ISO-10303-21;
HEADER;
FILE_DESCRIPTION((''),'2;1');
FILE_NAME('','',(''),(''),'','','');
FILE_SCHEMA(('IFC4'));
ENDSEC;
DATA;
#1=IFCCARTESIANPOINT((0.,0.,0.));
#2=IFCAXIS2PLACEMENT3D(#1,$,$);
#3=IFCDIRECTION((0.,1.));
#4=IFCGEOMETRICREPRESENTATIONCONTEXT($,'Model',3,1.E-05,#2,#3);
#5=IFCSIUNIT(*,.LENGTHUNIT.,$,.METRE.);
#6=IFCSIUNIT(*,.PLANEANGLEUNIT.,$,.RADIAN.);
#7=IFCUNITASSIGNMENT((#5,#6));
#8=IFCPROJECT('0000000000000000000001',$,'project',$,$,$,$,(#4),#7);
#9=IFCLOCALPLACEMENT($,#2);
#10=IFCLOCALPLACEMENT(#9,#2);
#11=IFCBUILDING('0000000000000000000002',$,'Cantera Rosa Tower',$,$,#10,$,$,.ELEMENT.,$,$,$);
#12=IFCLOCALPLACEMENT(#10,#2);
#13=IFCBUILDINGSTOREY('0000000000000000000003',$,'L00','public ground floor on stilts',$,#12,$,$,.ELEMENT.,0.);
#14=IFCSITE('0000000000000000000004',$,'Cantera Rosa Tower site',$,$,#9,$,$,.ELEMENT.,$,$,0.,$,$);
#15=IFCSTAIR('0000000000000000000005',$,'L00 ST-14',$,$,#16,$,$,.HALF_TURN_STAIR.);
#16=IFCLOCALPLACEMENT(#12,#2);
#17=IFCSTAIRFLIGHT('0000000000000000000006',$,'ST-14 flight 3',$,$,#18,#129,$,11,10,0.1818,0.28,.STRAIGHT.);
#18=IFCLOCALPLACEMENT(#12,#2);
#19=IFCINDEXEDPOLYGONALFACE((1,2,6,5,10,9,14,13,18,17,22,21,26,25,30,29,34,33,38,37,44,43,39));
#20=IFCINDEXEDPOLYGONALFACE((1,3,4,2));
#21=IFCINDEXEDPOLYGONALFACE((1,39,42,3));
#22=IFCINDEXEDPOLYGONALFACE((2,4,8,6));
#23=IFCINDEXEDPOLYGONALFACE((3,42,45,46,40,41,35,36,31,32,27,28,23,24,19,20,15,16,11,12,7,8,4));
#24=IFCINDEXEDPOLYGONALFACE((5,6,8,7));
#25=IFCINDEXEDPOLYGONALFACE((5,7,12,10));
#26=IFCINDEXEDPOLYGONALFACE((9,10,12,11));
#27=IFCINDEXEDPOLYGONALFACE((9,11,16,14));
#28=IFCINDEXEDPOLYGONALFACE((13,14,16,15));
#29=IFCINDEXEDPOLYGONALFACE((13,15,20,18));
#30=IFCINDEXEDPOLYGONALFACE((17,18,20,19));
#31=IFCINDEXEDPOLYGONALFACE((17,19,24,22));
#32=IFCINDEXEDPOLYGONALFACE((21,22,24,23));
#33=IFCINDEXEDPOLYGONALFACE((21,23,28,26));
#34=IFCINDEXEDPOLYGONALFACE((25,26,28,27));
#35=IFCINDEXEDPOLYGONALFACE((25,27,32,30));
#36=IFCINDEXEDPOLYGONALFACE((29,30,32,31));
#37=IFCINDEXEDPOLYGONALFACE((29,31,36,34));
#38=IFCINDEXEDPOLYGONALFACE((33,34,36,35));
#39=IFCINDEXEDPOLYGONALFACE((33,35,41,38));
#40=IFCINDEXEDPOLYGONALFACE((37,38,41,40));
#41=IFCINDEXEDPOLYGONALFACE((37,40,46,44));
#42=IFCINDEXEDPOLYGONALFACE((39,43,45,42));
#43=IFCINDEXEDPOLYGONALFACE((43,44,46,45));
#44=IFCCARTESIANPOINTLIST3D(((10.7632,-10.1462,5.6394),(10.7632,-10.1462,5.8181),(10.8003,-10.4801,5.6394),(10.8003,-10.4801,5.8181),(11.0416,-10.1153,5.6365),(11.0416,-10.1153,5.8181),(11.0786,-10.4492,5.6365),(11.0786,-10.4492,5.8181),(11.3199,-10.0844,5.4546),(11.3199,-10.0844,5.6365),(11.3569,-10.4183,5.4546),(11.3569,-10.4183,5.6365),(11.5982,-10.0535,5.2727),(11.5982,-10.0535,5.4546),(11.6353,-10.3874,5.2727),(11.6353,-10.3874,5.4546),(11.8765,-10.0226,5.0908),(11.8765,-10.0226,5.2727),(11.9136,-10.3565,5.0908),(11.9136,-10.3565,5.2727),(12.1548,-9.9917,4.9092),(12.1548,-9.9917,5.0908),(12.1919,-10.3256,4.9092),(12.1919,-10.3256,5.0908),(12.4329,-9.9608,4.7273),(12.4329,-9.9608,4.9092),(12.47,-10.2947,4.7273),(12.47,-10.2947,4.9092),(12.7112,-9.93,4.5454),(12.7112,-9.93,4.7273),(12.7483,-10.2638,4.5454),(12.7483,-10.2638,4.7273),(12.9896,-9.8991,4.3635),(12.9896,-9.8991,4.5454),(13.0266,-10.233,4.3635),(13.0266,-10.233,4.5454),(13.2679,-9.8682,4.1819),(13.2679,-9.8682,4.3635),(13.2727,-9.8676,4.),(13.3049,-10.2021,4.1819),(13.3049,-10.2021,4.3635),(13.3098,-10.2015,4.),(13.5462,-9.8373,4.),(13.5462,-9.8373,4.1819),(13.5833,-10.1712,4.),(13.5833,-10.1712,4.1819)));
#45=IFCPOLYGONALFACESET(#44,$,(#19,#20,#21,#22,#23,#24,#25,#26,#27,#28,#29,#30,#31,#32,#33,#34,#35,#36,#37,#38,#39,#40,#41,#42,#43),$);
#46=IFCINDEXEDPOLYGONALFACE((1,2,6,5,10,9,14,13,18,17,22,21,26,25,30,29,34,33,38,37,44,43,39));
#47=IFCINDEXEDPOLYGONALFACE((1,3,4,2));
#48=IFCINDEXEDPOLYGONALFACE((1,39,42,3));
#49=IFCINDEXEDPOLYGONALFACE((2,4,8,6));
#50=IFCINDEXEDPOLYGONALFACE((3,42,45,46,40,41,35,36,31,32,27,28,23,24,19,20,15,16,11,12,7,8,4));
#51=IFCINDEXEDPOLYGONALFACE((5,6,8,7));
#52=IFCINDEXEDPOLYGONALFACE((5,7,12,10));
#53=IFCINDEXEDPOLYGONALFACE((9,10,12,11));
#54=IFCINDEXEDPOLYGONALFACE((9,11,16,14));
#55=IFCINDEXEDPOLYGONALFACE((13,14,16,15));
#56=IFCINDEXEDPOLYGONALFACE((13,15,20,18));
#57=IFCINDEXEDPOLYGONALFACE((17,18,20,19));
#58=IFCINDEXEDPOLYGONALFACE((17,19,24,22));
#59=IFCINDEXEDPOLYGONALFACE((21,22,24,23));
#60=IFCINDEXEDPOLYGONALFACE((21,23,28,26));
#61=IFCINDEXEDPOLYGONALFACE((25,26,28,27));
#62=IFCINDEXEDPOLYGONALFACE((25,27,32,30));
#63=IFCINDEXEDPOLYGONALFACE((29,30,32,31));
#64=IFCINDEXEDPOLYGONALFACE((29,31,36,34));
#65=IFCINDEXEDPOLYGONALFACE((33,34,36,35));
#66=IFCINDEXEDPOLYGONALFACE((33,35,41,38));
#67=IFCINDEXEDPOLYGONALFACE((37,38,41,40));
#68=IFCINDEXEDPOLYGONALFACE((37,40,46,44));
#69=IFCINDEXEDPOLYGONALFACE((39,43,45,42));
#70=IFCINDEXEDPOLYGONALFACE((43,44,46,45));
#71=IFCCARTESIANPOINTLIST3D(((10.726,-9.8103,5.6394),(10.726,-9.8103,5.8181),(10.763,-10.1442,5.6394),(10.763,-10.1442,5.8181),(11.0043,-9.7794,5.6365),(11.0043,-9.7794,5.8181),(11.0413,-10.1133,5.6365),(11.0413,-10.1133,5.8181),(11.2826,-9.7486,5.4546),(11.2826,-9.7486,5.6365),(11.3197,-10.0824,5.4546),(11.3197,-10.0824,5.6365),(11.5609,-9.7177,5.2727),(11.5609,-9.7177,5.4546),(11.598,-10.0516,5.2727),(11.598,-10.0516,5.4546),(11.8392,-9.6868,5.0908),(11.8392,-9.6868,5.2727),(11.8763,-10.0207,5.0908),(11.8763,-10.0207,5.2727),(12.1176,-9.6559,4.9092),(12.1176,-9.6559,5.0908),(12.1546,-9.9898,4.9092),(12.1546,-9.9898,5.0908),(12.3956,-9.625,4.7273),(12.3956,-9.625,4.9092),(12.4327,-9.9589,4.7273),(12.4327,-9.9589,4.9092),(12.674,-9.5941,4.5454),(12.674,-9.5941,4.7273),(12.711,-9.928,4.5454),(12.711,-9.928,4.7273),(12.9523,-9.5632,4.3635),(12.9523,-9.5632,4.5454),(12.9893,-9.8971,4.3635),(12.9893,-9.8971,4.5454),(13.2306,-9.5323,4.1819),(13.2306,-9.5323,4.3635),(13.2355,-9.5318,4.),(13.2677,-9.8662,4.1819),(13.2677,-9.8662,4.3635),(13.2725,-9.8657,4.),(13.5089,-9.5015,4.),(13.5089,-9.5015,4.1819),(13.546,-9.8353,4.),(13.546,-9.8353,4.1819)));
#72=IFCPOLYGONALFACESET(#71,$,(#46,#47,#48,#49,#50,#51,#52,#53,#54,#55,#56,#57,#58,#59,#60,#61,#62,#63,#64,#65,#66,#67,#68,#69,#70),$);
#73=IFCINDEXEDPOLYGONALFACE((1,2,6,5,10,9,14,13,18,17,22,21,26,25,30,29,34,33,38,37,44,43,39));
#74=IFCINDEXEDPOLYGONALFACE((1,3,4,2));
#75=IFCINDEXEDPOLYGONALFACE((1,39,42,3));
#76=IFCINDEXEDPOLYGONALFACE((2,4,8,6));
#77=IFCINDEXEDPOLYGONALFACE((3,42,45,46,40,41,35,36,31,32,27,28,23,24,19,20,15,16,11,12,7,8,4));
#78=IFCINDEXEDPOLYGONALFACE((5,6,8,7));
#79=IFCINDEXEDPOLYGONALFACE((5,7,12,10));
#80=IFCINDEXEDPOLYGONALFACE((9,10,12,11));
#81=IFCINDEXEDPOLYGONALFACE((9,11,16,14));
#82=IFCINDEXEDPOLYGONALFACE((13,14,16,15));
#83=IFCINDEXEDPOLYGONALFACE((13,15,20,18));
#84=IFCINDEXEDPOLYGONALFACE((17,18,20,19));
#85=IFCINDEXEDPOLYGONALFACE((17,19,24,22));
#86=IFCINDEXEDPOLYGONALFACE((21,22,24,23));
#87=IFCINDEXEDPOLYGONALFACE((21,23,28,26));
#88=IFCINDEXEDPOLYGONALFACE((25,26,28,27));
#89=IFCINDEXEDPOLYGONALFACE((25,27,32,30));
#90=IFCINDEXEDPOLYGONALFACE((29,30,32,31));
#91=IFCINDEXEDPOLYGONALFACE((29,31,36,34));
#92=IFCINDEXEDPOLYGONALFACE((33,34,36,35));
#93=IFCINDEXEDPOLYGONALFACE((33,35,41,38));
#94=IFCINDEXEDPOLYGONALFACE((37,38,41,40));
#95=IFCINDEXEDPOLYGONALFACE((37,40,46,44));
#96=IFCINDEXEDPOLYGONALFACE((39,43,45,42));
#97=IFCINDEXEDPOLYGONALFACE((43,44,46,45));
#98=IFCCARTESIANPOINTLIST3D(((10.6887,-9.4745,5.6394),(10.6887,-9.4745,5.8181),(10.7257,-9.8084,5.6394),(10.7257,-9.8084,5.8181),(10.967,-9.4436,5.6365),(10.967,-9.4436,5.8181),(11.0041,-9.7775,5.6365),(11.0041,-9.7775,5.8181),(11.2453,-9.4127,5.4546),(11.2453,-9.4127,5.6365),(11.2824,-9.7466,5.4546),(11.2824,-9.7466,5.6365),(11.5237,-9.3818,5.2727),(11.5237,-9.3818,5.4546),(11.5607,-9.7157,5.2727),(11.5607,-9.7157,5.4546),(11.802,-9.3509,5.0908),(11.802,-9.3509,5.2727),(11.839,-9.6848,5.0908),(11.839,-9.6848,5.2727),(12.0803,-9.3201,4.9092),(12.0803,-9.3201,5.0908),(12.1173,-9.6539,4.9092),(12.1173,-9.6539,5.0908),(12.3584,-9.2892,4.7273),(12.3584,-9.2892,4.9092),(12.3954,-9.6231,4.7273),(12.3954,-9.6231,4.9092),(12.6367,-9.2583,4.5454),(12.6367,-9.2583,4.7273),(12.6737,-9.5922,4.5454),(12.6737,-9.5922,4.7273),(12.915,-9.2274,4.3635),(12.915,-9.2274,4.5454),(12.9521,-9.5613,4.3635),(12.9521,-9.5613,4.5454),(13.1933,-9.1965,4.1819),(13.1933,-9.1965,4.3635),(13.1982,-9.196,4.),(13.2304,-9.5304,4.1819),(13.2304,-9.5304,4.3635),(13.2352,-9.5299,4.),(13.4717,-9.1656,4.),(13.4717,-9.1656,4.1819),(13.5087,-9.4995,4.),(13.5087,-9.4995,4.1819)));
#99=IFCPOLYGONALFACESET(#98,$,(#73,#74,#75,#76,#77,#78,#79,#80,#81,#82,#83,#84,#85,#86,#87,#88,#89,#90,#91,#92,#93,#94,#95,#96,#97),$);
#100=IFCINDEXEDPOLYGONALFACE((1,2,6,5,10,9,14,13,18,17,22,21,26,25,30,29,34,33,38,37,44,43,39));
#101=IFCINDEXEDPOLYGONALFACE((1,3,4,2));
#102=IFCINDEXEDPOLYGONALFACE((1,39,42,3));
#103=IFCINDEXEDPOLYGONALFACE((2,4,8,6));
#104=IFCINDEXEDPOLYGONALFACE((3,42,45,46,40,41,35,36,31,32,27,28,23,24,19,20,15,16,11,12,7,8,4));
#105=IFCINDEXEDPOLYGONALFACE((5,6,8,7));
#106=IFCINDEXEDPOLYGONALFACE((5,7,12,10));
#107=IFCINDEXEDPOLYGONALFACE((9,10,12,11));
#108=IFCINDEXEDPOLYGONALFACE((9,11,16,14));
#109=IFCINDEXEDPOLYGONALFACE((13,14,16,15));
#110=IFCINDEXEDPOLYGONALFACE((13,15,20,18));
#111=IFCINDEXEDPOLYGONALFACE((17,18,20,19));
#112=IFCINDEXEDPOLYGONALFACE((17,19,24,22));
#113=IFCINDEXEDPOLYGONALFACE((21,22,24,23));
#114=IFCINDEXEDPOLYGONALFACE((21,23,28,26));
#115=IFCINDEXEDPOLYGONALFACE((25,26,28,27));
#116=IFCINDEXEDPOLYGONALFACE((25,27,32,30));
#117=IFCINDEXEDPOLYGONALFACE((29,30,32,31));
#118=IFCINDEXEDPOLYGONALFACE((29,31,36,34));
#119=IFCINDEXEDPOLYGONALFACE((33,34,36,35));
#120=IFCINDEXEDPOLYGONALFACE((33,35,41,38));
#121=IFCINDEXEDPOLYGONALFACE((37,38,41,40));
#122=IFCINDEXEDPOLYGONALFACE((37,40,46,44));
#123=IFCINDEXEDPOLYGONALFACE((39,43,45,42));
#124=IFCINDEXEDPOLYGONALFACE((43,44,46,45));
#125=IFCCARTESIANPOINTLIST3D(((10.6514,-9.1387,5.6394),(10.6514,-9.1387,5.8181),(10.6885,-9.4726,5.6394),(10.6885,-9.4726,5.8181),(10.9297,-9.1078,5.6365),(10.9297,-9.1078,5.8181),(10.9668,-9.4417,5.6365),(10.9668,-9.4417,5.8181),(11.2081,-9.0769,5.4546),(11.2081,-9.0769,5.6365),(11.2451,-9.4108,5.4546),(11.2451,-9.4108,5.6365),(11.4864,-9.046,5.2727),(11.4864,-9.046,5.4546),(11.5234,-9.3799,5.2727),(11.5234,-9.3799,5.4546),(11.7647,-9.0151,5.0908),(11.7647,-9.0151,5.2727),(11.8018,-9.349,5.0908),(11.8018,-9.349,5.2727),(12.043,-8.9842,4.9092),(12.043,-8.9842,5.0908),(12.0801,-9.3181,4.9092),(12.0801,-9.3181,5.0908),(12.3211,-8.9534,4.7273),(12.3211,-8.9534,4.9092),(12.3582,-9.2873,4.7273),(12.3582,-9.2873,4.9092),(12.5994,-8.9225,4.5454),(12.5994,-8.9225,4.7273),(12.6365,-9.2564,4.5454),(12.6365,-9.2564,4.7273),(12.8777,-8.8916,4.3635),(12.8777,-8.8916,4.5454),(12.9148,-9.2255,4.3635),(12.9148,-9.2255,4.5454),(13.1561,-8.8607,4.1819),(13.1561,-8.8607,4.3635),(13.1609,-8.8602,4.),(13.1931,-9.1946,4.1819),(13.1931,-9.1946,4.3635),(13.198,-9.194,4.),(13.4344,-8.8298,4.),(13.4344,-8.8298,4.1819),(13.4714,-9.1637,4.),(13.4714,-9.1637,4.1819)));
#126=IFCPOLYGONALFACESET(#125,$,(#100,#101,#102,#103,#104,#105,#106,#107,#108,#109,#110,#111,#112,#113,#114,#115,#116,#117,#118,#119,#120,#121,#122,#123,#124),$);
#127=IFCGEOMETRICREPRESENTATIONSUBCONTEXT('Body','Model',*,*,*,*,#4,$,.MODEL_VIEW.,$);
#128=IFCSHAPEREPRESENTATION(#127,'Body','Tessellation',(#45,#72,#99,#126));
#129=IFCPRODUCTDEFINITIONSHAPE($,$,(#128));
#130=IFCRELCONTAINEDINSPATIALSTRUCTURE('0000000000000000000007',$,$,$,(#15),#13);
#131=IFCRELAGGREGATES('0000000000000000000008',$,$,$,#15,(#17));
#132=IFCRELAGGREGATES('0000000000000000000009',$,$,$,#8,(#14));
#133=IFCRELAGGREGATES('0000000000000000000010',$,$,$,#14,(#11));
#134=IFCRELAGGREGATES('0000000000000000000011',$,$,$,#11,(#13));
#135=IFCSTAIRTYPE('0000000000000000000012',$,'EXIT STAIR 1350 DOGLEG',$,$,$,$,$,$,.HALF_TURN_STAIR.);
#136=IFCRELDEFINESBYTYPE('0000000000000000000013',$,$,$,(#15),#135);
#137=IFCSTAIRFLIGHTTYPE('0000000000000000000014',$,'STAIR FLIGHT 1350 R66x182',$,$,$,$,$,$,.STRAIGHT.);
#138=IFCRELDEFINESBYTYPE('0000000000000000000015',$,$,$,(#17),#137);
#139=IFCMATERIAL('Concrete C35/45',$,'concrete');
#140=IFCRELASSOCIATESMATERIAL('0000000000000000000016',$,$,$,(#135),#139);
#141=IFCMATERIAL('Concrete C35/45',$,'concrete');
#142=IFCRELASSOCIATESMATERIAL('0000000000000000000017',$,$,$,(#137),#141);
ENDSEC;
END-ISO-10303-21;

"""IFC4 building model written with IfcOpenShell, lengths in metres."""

from ifc_helpers import new_model, si_unit, direction, frame, origin, place, context, subcontext, project, spatial, polyline, outline, extrude, material, type_object, element, aggregate, save


model = new_model("IFC4")

# Units and contexts
model_context = context("Model", 3, precision=1e-05, world=origin(), true_north=direction((0.0, 1.0)))
body_context = subcontext(model_context, "Body", "Model", "MODEL_VIEW")
ifc_project = project(units=[si_unit("LENGTHUNIT", "METRE"), si_unit("PLANEANGLEUNIT", "RADIAN")], contexts=[model_context])

# Site, building, storey
site_placement = place(None, origin())
site = spatial("IfcSite", under=ifc_project, at=site_placement, Name="Cantera Rosa Tower site", CompositionType="ELEMENT", RefElevation=0.0)
building_placement = place(site_placement, origin())
building = spatial("IfcBuilding", under=site, at=building_placement, Name="Cantera Rosa Tower", CompositionType="ELEMENT")
storey_placement = place(building_placement, origin())
storey = spatial("IfcBuildingStorey", under=building, at=storey_placement, Name="L00", Description="public ground floor on stilts", CompositionType="ELEMENT", Elevation=0.0)

# Stair, stair flight
ifc_material_1 = material(Name="Concrete C35/45", Category="concrete")
stair_type = type_object("IfcStairType", Name="EXIT STAIR 1350 DOGLEG", PredefinedType="HALF_TURN_STAIR", material=ifc_material_1)
stair_placement = place(storey_placement, origin())
stair = element("IfcStair", 1, at=stair_placement, inside=storey, type_object=stair_type, Name="L00 ST-14", PredefinedType="HALF_TURN_STAIR")
ifc_material_2 = material(Name="Concrete C35/45", Category="concrete")
stair_flight_type = type_object("IfcStairFlightType", Name="STAIR FLIGHT 1350 R66x182", PredefinedType="STRAIGHT", material=ifc_material_2)
stair_flight_1_placement = place(storey_placement, frame((13.5088, -9.5002, 4.0), z_axis=(0.0, 0.0, 1.0), x_axis=(-0.993897, -0.110313, 0.0)))
stair_flight_1 = element("IfcStairFlight", 2, at=stair_flight_1_placement, type_object=stair_flight_type, Name="ST-14 flight 3", NumberOfRisers=11, NumberOfTreads=10, PredefinedType="STRAIGHT", RiserHeight=0.1818, TreadLength=0.28, context=body_context, shape_type="SweptSolid", body=[
    extrude(outline(polyline([(0.0, 0.0), (0.0, 0.1819), (0.28, 0.1819), (0.28, 0.3635), (0.5601, 0.3635), (0.5601, 0.5454), (0.8401, 0.5454), (0.8401, 0.7273), (1.1201, 0.7273), (1.1201, 0.9092), (1.3999, 0.9092), (1.3999, 1.0908), (1.6799, 1.0908), (1.6799, 1.2727), (1.96, 1.2727), (1.96, 1.4546), (2.24, 1.4546), (2.24, 1.6365), (2.52, 1.6365), (2.52, 1.8181), (2.8, 1.8181), (2.8, 2.0), (2.8, 1.6394), (0.2751, 0.0), (0.0, 0.0)])), frame((0.0, 0.675, 0.0), z_axis=(0.0, -1.0, 0.0), x_axis=(1.0, 0.0, 0.0)), (0.0, 0.0, 1.0), 0.3359),
    extrude(outline(polyline([(0.0, 0.0), (0.0, 0.1819), (0.28, 0.1819), (0.28, 0.3635), (0.5601, 0.3635), (0.5601, 0.5454), (0.8401, 0.5454), (0.8401, 0.7273), (1.1201, 0.7273), (1.1201, 0.9092), (1.3999, 0.9092), (1.3999, 1.0908), (1.6799, 1.0908), (1.6799, 1.2727), (1.96, 1.2727), (1.96, 1.4546), (2.24, 1.4546), (2.24, 1.6365), (2.52, 1.6365), (2.52, 1.8181), (2.8, 1.8181), (2.8, 2.0), (2.8, 1.6394), (0.2751, 0.0), (0.0, 0.0)])), frame((0.0, 0.3372, 0.0), z_axis=(0.0, -1.0, 0.0), x_axis=(1.0, 0.0, 0.0)), (0.0, 0.0, 1.0), 0.3359),
    extrude(outline(polyline([(0.0, 0.0), (0.0, 0.1819), (0.28, 0.1819), (0.28, 0.3635), (0.5601, 0.3635), (0.5601, 0.5454), (0.8401, 0.5454), (0.8401, 0.7273), (1.1201, 0.7273), (1.1201, 0.9092), (1.3999, 0.9092), (1.3999, 1.0908), (1.6799, 1.0908), (1.6799, 1.2727), (1.96, 1.2727), (1.96, 1.4546), (2.24, 1.4546), (2.24, 1.6365), (2.52, 1.6365), (2.52, 1.8181), (2.8, 1.8181), (2.8, 2.0), (2.8, 1.6394), (0.2751, 0.0), (0.0, 0.0)])), frame((0.0, -0.0007, 0.0), z_axis=(0.0, -1.0, 0.0), x_axis=(1.0, 0.0, 0.0)), (0.0, 0.0, 1.0), 0.3359),
    extrude(outline(polyline([(0.0, 0.0), (0.0, 0.1819), (0.28, 0.1819), (0.28, 0.3635), (0.5601, 0.3635), (0.5601, 0.5454), (0.8401, 0.5454), (0.8401, 0.7273), (1.1201, 0.7273), (1.1201, 0.9092), (1.3999, 0.9092), (1.3999, 1.0908), (1.6799, 1.0908), (1.6799, 1.2727), (1.96, 1.2727), (1.96, 1.4546), (2.24, 1.4546), (2.24, 1.6365), (2.52, 1.6365), (2.52, 1.8181), (2.8, 1.8181), (2.8, 2.0), (2.8, 1.6394), (0.2751, 0.0), (0.0, 0.0)])), frame((0.0, -0.3386, 0.0), z_axis=(0.0, -1.0, 0.0), x_axis=(1.0, 0.0, 0.0)), (0.0, 0.0, 1.0), 0.3359),
])
aggregate(stair, [stair_flight_1])

save(model, "model.ifc")
